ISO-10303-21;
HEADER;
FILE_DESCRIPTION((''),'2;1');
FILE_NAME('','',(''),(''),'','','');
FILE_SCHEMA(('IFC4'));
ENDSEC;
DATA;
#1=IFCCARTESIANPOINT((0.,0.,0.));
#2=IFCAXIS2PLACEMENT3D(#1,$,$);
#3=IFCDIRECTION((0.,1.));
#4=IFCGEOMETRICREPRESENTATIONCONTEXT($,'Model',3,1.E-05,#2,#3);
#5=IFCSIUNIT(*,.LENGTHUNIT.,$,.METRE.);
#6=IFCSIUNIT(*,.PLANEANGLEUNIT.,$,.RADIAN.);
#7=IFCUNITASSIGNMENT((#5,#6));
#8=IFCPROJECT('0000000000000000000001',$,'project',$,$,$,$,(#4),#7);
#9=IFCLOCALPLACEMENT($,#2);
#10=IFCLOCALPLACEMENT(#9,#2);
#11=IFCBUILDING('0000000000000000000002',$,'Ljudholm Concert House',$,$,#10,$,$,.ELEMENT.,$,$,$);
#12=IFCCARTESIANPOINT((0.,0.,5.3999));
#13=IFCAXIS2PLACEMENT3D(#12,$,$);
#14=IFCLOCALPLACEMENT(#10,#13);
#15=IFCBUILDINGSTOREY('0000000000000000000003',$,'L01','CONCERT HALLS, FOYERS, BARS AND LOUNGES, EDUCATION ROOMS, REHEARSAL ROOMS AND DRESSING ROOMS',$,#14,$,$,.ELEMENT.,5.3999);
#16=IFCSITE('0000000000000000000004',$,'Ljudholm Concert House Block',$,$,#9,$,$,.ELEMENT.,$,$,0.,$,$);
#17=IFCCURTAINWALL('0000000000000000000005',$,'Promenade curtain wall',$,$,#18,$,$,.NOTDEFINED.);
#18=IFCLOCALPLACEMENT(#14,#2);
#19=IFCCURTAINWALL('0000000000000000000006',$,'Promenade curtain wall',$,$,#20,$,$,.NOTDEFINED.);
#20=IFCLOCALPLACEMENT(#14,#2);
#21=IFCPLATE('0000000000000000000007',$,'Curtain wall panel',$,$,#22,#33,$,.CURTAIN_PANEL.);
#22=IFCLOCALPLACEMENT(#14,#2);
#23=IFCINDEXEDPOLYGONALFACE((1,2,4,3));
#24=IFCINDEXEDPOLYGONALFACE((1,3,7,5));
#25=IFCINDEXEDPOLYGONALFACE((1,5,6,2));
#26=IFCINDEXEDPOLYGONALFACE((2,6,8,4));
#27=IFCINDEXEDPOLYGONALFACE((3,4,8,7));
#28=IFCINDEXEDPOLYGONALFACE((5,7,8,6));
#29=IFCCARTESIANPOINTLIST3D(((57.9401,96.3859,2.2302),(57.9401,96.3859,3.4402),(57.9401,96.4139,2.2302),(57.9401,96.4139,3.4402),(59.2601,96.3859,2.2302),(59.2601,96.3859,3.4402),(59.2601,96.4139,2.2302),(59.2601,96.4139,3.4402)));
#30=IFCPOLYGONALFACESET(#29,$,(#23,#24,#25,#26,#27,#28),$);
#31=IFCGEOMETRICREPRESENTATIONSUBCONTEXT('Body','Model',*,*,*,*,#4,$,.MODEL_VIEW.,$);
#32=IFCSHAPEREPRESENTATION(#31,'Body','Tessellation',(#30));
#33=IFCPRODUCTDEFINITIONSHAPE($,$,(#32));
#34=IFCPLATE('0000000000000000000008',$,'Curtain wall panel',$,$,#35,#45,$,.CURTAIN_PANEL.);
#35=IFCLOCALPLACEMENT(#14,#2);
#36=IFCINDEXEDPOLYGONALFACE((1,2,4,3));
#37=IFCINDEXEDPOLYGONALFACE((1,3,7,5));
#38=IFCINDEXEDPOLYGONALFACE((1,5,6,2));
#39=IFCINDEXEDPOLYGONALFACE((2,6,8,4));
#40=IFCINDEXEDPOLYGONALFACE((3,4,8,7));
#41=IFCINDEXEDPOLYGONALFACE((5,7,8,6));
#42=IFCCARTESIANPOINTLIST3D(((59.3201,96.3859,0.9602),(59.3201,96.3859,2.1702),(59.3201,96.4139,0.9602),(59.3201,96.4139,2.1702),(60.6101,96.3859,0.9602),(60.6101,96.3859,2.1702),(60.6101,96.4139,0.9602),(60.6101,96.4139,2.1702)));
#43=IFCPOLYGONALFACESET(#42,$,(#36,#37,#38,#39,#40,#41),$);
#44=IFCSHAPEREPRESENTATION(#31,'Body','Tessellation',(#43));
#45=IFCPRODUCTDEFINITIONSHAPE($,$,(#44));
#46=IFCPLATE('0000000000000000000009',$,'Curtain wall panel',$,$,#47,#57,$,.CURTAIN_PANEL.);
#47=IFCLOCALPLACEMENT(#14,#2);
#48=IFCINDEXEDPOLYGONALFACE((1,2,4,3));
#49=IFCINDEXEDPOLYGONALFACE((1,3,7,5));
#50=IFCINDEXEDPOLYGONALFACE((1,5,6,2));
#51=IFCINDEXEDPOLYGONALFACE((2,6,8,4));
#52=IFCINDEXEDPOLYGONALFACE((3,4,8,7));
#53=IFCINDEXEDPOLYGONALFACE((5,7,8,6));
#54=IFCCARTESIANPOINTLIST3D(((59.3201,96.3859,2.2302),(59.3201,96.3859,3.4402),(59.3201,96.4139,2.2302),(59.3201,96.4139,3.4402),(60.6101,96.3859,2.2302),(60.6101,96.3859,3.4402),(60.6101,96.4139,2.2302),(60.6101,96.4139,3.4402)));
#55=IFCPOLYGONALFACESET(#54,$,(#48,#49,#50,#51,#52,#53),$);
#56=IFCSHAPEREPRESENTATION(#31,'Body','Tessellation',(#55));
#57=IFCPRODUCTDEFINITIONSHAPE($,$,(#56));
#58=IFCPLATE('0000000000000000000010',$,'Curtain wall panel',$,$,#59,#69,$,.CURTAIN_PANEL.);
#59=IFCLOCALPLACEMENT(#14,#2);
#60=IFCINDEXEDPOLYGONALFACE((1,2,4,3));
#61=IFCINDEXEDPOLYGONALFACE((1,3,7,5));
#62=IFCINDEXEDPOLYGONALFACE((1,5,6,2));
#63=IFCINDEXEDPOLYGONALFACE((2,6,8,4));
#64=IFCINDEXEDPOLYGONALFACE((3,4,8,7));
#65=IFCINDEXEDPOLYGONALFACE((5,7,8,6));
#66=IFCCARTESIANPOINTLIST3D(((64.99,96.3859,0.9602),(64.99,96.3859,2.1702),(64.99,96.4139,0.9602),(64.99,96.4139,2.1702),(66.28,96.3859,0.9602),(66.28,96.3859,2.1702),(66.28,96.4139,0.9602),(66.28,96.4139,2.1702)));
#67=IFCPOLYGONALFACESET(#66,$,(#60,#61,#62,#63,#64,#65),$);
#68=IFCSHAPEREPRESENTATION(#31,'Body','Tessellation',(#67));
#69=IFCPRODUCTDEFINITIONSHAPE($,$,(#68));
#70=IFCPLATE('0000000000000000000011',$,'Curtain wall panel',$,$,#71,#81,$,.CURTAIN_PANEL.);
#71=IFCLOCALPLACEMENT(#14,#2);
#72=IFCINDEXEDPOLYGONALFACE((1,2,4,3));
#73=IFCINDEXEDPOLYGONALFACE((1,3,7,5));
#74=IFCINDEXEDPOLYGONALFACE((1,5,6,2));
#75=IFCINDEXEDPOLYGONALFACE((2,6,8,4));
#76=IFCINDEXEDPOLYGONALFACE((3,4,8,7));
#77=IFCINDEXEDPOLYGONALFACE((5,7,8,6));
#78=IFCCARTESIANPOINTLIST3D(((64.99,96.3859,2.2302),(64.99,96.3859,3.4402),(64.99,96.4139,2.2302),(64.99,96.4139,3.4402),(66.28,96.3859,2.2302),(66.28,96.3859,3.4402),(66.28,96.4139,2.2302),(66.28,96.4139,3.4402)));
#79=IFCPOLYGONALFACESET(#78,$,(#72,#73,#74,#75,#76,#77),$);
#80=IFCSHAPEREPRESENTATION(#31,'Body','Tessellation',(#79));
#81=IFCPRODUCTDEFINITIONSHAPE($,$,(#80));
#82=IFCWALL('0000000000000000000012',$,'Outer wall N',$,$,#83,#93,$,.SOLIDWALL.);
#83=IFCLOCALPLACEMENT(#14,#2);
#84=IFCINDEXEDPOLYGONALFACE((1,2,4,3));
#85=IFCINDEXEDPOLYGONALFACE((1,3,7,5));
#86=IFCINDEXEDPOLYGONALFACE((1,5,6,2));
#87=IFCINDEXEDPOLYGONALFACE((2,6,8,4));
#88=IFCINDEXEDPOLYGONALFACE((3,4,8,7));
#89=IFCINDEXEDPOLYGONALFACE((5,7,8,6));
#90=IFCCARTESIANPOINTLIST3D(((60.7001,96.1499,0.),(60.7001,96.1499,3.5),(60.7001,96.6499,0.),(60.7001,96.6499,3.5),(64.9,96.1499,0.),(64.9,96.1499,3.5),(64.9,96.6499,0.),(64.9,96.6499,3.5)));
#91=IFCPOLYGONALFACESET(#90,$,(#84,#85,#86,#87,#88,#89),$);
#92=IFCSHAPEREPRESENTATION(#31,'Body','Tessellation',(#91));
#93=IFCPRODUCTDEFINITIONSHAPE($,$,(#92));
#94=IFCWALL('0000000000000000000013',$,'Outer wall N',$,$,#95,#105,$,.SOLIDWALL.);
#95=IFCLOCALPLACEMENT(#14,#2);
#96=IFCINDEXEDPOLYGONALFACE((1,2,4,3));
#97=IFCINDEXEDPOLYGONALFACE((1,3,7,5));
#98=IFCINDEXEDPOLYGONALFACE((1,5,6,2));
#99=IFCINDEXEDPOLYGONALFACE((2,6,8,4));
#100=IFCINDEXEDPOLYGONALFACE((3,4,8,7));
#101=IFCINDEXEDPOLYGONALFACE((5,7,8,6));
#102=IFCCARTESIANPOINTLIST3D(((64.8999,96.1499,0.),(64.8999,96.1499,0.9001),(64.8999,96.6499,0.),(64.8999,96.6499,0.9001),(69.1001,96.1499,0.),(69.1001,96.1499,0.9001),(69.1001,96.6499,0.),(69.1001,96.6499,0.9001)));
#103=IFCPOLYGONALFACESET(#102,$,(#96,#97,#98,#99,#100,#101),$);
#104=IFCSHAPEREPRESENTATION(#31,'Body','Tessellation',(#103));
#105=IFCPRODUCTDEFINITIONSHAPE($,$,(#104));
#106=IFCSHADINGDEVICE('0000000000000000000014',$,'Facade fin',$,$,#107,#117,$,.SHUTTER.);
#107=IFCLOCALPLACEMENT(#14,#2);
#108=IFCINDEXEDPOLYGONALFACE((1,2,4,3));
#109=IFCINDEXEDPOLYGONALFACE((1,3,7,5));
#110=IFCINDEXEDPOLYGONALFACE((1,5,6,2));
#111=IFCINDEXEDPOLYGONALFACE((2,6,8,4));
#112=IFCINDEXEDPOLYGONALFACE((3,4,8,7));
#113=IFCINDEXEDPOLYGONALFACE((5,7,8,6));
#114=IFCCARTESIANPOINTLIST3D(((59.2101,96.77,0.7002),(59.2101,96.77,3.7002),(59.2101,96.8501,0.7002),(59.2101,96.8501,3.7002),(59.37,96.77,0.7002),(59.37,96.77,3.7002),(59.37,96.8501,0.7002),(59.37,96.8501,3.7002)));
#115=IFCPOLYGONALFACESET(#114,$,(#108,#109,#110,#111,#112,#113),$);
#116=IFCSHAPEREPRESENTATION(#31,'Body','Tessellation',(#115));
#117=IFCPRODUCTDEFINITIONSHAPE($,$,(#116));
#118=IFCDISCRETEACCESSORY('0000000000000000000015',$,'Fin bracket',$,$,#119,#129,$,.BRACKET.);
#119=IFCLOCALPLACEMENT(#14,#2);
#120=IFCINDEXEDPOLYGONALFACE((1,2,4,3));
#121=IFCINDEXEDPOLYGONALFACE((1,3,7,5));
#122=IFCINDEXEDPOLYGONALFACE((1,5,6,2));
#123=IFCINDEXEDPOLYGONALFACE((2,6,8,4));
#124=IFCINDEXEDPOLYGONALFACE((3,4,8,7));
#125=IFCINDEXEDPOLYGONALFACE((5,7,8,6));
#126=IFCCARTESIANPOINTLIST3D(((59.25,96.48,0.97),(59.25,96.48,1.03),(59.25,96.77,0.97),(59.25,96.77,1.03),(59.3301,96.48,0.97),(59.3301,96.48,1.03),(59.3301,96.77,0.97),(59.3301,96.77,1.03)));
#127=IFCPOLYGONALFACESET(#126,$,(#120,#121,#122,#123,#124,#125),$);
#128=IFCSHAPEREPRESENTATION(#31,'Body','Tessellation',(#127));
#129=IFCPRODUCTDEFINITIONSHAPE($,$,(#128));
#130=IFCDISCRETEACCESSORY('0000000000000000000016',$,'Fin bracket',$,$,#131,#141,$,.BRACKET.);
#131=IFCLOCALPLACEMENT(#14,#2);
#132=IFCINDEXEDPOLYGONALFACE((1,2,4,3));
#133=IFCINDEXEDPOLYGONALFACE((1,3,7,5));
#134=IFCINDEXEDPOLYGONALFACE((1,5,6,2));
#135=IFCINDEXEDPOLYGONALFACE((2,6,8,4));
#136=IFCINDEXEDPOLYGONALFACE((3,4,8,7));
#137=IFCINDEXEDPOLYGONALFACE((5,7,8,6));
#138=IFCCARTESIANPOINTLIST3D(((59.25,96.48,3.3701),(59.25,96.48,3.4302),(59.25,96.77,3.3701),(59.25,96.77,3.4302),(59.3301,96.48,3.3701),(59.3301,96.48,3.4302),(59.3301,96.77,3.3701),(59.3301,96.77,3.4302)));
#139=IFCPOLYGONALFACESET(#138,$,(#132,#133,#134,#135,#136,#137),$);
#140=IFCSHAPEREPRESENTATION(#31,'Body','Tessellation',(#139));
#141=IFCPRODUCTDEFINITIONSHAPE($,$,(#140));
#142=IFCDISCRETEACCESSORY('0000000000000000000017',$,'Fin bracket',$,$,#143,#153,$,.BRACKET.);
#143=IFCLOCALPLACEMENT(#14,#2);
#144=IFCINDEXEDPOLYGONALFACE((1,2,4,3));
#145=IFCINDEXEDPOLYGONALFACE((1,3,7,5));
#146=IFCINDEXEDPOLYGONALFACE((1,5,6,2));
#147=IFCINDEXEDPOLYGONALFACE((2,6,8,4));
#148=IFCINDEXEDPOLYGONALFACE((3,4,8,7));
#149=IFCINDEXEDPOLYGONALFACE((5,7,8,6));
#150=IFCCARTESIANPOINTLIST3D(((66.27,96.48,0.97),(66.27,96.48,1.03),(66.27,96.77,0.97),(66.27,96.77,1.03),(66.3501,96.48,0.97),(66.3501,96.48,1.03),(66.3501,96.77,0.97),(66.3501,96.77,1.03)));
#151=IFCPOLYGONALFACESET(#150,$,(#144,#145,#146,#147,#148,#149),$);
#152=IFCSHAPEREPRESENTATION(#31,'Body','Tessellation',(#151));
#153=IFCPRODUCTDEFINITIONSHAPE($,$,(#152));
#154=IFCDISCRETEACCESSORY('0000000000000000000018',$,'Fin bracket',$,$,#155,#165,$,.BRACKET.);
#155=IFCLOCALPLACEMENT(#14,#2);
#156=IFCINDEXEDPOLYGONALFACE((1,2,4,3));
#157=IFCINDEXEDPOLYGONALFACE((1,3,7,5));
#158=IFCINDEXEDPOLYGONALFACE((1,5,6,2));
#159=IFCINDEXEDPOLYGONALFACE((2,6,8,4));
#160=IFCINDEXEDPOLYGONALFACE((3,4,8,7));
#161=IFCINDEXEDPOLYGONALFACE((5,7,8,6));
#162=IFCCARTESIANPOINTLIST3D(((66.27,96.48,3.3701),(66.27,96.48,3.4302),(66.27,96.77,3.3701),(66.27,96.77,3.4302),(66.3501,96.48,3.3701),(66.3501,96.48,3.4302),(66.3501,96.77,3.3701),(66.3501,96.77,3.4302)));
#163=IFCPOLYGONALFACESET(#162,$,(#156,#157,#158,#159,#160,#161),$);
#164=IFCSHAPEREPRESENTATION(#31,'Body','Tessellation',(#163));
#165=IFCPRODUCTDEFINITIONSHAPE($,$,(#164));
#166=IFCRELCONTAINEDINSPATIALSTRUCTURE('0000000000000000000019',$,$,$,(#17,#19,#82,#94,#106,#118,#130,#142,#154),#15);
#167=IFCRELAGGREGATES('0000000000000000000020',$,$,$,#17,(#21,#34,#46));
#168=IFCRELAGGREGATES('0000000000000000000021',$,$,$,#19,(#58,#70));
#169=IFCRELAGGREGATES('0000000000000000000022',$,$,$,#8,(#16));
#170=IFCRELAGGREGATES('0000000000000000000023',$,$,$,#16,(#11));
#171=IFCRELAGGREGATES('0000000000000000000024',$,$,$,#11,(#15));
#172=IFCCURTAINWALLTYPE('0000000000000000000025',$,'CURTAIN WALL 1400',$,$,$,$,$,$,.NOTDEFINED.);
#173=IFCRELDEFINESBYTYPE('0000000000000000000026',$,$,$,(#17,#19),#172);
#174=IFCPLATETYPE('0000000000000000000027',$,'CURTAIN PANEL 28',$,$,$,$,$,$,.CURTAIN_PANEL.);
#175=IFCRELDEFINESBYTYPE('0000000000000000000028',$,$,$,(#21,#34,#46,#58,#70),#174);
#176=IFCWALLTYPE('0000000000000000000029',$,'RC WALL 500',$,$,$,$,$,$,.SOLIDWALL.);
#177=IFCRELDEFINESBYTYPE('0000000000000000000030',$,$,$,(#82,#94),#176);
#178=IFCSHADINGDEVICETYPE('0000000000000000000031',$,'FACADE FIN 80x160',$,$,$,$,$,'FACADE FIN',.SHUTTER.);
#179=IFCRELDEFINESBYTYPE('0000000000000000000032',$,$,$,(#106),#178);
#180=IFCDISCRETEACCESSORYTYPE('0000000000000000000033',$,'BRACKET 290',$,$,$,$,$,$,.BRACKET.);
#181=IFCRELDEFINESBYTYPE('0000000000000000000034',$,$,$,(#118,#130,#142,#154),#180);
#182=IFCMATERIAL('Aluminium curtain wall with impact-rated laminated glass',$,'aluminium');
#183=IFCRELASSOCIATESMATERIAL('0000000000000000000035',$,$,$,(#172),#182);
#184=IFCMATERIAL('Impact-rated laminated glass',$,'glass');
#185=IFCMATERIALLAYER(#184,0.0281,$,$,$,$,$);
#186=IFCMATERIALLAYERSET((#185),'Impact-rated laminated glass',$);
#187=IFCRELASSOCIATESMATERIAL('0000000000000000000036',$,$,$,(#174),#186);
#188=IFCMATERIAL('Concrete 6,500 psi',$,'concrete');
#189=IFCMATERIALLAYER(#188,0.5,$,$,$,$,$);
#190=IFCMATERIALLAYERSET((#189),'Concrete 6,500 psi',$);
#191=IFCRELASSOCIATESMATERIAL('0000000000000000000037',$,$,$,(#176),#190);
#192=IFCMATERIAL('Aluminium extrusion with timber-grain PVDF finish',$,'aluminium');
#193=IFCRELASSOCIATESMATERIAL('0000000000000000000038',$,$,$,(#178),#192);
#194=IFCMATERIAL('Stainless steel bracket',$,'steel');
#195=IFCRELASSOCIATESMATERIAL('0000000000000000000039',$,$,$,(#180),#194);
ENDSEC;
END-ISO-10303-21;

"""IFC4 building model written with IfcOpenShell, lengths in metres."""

from ifc_helpers import new_model, si_unit, direction, frame, frame_2d, origin, origin_2d, place, context, subcontext, project, spatial, rectangle, extrude, material, layer, layer_set, type_object, element, aggregate, save


model = new_model("IFC4")

# Units and contexts
model_context = context("Model", 3, precision=1e-05, world=origin(), true_north=direction((0.0, 1.0)))
body_context = subcontext(model_context, "Body", "Model", "MODEL_VIEW")
ifc_project = project(units=[si_unit("LENGTHUNIT", "METRE"), si_unit("PLANEANGLEUNIT", "RADIAN")], contexts=[model_context])

# Site, building, storey
site_placement = place(None, origin())
site = spatial("IfcSite", under=ifc_project, at=site_placement, Name="Ljudholm Concert House Block", CompositionType="ELEMENT", RefElevation=0.0)
building_placement = place(site_placement, origin())
building = spatial("IfcBuilding", under=site, at=building_placement, Name="Ljudholm Concert House", CompositionType="ELEMENT")
storey_placement = place(building_placement, frame((0.0, 0.0, 5.3999)))
storey = spatial("IfcBuildingStorey", under=building, at=storey_placement, Name="L01", Description="CONCERT HALLS, FOYERS, BARS AND LOUNGES, EDUCATION ROOMS, REHEARSAL ROOMS AND DRESSING ROOMS", CompositionType="ELEMENT", Elevation=5.3999)

# Curtain walls
ifc_material_1 = material(Name="Aluminium curtain wall with impact-rated laminated glass", Category="aluminium")
curtain_wall_type = type_object("IfcCurtainWallType", Name="CURTAIN WALL 1400", PredefinedType="NOTDEFINED", material=ifc_material_1)
curtain_wall_1_placement = place(storey_placement, origin())
curtain_wall_1 = element("IfcCurtainWall", 1, at=curtain_wall_1_placement, inside=storey, type_object=curtain_wall_type, Name="Promenade curtain wall", PredefinedType="NOTDEFINED")
curtain_wall_2_placement = place(storey_placement, origin())
curtain_wall_2 = element("IfcCurtainWall", 2, at=curtain_wall_2_placement, inside=storey, type_object=curtain_wall_type, Name="Promenade curtain wall", PredefinedType="NOTDEFINED")

# Plates
ifc_material_2 = material(Name="Impact-rated laminated glass", Category="glass")
ifc_layer_1 = layer(ifc_material_2, 0.0281)
ifc_layer_set_1 = layer_set([ifc_layer_1], Name="Impact-rated laminated glass")
plate_type = type_object("IfcPlateType", Name="CURTAIN PANEL 28", PredefinedType="CURTAIN_PANEL", material=ifc_layer_set_1)
plate_1_placement = place(storey_placement, frame((58.6001, 96.3999, 2.2302), z_axis=(0.0, 0.0, 1.0), x_axis=(1.0, 0.0, 0.0)))
plate_1 = element("IfcPlate", 3, at=plate_1_placement, type_object=plate_type, Name="Curtain wall panel", PredefinedType="CURTAIN_PANEL", context=body_context, shape_type="SweptSolid", body=[
    extrude(rectangle(XDim=1.3201, YDim=0.0281, at=origin_2d()), origin(), (0.0, 0.0, 1.0), 1.21),
])
plate_2_placement = place(storey_placement, frame((59.9651, 96.3999, 0.9602), z_axis=(0.0, 0.0, 1.0), x_axis=(1.0, 0.0, 0.0)))
plate_2 = element("IfcPlate", 4, at=plate_2_placement, type_object=plate_type, Name="Curtain wall panel", PredefinedType="CURTAIN_PANEL", context=body_context, shape_type="SweptSolid", body=[
    extrude(rectangle(XDim=1.29, YDim=0.0281, at=origin_2d()), origin(), (0.0, 0.0, 1.0), 1.21),
])
plate_3_placement = place(storey_placement, frame((59.9651, 96.3999, 2.2302), z_axis=(0.0, 0.0, 1.0), x_axis=(1.0, 0.0, 0.0)))
plate_3 = element("IfcPlate", 5, at=plate_3_placement, type_object=plate_type, Name="Curtain wall panel", PredefinedType="CURTAIN_PANEL", context=body_context, shape_type="SweptSolid", body=[
    extrude(rectangle(XDim=1.29, YDim=0.0281, at=origin_2d()), origin(), (0.0, 0.0, 1.0), 1.21),
])
aggregate(curtain_wall_1, [plate_1, plate_2, plate_3])
plate_4_placement = place(storey_placement, frame((65.635, 96.3999, 0.9602), z_axis=(0.0, 0.0, 1.0), x_axis=(1.0, 0.0, 0.0)))
plate_4 = element("IfcPlate", 6, at=plate_4_placement, type_object=plate_type, Name="Curtain wall panel", PredefinedType="CURTAIN_PANEL", context=body_context, shape_type="SweptSolid", body=[
    extrude(rectangle(XDim=1.29, YDim=0.0281, at=origin_2d()), origin(), (0.0, 0.0, 1.0), 1.21),
])
plate_5_placement = place(storey_placement, frame((65.635, 96.3999, 2.2302), z_axis=(0.0, 0.0, 1.0), x_axis=(1.0, 0.0, 0.0)))
plate_5 = element("IfcPlate", 7, at=plate_5_placement, type_object=plate_type, Name="Curtain wall panel", PredefinedType="CURTAIN_PANEL", context=body_context, shape_type="SweptSolid", body=[
    extrude(rectangle(XDim=1.29, YDim=0.0281, at=origin_2d()), origin(), (0.0, 0.0, 1.0), 1.21),
])
aggregate(curtain_wall_2, [plate_4, plate_5])

# Walls
ifc_material_3 = material(Name="Concrete 6,500 psi", Category="concrete")
ifc_layer_2 = layer(ifc_material_3, 0.5)
ifc_layer_set_2 = layer_set([ifc_layer_2], Name="Concrete 6,500 psi")
wall_type = type_object("IfcWallType", Name="RC WALL 500", PredefinedType="SOLIDWALL", material=ifc_layer_set_2)
wall_1_placement = place(storey_placement, frame((60.7, 96.3999, 0.0), z_axis=(0.0, 0.0, 1.0), x_axis=(1.0, 0.0, 0.0)))
element("IfcWall", 8, at=wall_1_placement, inside=storey, type_object=wall_type, Name="Outer wall N", PredefinedType="SOLIDWALL", context=body_context, shape_type="SweptSolid", body=[
    extrude(rectangle(XDim=4.2, YDim=0.5, at=frame_2d((2.1001, 0.0))), origin(), (0.0, 0.0, 1.0), 3.5),
])
wall_2_placement = place(storey_placement, frame((64.8999, 96.3999, 0.0), z_axis=(0.0, 0.0, 1.0), x_axis=(1.0, 0.0, 0.0)))
element("IfcWall", 9, at=wall_2_placement, inside=storey, type_object=wall_type, Name="Outer wall N", PredefinedType="SOLIDWALL", context=body_context, shape_type="SweptSolid", body=[
    extrude(rectangle(XDim=4.2002, YDim=0.5, at=frame_2d((2.1001, 0.0))), origin(), (0.0, 0.0, 1.0), 0.9001),
])

# Shading device
ifc_material_4 = material(Name="Aluminium extrusion with timber-grain PVDF finish", Category="aluminium")
shading_device_type = type_object("IfcShadingDeviceType", Name="FACADE FIN 80x160", ElementType="FACADE FIN", PredefinedType="SHUTTER", material=ifc_material_4)
shading_device_placement = place(storey_placement, frame((59.29, 96.8101, 0.7002), z_axis=(0.0, 0.0, 1.0), x_axis=(0.0, 1.0, 0.0)))
element("IfcShadingDevice", 10, at=shading_device_placement, inside=storey, type_object=shading_device_type, Name="Facade fin", PredefinedType="SHUTTER", context=body_context, shape_type="SweptSolid", body=[
    extrude(rectangle(XDim=0.0801, YDim=0.1599, at=origin_2d()), origin(), (0.0, 0.0, 1.0), 3.0),
])

# Discrete accessories
ifc_material_5 = material(Name="Stainless steel bracket", Category="steel")
discrete_accessory_type = type_object("IfcDiscreteAccessoryType", Name="BRACKET 290", PredefinedType="BRACKET", material=ifc_material_5)
for number, where, z_axis, x_axis, name in (
    (11, (59.29, 96.625, 0.97), (0.0, 0.0, 1.0), (0.0, 1.0, 0.0), "Fin bracket"),
    (12, (59.29, 96.625, 3.3701), (0.0, 0.0, 1.0), (0.0, 1.0, 0.0), "Fin bracket"),
    (13, (66.3101, 96.625, 0.97), (0.0, 0.0, 1.0), (0.0, 1.0, 0.0), "Fin bracket"),
    (14, (66.3101, 96.625, 3.3701), (0.0, 0.0, 1.0), (0.0, 1.0, 0.0), "Fin bracket"),
):
    element("IfcDiscreteAccessory", number, at=place(storey_placement, frame(where, z_axis=z_axis, x_axis=x_axis)), inside=storey, type_object=discrete_accessory_type, Name=name, PredefinedType="BRACKET", context=body_context, shape_type="SweptSolid", body=[
        extrude(rectangle(XDim=0.29, YDim=0.0801, at=origin_2d()), origin(), (0.0, 0.0, 1.0), 0.0601),
    ])

save(model, "model.ifc")
